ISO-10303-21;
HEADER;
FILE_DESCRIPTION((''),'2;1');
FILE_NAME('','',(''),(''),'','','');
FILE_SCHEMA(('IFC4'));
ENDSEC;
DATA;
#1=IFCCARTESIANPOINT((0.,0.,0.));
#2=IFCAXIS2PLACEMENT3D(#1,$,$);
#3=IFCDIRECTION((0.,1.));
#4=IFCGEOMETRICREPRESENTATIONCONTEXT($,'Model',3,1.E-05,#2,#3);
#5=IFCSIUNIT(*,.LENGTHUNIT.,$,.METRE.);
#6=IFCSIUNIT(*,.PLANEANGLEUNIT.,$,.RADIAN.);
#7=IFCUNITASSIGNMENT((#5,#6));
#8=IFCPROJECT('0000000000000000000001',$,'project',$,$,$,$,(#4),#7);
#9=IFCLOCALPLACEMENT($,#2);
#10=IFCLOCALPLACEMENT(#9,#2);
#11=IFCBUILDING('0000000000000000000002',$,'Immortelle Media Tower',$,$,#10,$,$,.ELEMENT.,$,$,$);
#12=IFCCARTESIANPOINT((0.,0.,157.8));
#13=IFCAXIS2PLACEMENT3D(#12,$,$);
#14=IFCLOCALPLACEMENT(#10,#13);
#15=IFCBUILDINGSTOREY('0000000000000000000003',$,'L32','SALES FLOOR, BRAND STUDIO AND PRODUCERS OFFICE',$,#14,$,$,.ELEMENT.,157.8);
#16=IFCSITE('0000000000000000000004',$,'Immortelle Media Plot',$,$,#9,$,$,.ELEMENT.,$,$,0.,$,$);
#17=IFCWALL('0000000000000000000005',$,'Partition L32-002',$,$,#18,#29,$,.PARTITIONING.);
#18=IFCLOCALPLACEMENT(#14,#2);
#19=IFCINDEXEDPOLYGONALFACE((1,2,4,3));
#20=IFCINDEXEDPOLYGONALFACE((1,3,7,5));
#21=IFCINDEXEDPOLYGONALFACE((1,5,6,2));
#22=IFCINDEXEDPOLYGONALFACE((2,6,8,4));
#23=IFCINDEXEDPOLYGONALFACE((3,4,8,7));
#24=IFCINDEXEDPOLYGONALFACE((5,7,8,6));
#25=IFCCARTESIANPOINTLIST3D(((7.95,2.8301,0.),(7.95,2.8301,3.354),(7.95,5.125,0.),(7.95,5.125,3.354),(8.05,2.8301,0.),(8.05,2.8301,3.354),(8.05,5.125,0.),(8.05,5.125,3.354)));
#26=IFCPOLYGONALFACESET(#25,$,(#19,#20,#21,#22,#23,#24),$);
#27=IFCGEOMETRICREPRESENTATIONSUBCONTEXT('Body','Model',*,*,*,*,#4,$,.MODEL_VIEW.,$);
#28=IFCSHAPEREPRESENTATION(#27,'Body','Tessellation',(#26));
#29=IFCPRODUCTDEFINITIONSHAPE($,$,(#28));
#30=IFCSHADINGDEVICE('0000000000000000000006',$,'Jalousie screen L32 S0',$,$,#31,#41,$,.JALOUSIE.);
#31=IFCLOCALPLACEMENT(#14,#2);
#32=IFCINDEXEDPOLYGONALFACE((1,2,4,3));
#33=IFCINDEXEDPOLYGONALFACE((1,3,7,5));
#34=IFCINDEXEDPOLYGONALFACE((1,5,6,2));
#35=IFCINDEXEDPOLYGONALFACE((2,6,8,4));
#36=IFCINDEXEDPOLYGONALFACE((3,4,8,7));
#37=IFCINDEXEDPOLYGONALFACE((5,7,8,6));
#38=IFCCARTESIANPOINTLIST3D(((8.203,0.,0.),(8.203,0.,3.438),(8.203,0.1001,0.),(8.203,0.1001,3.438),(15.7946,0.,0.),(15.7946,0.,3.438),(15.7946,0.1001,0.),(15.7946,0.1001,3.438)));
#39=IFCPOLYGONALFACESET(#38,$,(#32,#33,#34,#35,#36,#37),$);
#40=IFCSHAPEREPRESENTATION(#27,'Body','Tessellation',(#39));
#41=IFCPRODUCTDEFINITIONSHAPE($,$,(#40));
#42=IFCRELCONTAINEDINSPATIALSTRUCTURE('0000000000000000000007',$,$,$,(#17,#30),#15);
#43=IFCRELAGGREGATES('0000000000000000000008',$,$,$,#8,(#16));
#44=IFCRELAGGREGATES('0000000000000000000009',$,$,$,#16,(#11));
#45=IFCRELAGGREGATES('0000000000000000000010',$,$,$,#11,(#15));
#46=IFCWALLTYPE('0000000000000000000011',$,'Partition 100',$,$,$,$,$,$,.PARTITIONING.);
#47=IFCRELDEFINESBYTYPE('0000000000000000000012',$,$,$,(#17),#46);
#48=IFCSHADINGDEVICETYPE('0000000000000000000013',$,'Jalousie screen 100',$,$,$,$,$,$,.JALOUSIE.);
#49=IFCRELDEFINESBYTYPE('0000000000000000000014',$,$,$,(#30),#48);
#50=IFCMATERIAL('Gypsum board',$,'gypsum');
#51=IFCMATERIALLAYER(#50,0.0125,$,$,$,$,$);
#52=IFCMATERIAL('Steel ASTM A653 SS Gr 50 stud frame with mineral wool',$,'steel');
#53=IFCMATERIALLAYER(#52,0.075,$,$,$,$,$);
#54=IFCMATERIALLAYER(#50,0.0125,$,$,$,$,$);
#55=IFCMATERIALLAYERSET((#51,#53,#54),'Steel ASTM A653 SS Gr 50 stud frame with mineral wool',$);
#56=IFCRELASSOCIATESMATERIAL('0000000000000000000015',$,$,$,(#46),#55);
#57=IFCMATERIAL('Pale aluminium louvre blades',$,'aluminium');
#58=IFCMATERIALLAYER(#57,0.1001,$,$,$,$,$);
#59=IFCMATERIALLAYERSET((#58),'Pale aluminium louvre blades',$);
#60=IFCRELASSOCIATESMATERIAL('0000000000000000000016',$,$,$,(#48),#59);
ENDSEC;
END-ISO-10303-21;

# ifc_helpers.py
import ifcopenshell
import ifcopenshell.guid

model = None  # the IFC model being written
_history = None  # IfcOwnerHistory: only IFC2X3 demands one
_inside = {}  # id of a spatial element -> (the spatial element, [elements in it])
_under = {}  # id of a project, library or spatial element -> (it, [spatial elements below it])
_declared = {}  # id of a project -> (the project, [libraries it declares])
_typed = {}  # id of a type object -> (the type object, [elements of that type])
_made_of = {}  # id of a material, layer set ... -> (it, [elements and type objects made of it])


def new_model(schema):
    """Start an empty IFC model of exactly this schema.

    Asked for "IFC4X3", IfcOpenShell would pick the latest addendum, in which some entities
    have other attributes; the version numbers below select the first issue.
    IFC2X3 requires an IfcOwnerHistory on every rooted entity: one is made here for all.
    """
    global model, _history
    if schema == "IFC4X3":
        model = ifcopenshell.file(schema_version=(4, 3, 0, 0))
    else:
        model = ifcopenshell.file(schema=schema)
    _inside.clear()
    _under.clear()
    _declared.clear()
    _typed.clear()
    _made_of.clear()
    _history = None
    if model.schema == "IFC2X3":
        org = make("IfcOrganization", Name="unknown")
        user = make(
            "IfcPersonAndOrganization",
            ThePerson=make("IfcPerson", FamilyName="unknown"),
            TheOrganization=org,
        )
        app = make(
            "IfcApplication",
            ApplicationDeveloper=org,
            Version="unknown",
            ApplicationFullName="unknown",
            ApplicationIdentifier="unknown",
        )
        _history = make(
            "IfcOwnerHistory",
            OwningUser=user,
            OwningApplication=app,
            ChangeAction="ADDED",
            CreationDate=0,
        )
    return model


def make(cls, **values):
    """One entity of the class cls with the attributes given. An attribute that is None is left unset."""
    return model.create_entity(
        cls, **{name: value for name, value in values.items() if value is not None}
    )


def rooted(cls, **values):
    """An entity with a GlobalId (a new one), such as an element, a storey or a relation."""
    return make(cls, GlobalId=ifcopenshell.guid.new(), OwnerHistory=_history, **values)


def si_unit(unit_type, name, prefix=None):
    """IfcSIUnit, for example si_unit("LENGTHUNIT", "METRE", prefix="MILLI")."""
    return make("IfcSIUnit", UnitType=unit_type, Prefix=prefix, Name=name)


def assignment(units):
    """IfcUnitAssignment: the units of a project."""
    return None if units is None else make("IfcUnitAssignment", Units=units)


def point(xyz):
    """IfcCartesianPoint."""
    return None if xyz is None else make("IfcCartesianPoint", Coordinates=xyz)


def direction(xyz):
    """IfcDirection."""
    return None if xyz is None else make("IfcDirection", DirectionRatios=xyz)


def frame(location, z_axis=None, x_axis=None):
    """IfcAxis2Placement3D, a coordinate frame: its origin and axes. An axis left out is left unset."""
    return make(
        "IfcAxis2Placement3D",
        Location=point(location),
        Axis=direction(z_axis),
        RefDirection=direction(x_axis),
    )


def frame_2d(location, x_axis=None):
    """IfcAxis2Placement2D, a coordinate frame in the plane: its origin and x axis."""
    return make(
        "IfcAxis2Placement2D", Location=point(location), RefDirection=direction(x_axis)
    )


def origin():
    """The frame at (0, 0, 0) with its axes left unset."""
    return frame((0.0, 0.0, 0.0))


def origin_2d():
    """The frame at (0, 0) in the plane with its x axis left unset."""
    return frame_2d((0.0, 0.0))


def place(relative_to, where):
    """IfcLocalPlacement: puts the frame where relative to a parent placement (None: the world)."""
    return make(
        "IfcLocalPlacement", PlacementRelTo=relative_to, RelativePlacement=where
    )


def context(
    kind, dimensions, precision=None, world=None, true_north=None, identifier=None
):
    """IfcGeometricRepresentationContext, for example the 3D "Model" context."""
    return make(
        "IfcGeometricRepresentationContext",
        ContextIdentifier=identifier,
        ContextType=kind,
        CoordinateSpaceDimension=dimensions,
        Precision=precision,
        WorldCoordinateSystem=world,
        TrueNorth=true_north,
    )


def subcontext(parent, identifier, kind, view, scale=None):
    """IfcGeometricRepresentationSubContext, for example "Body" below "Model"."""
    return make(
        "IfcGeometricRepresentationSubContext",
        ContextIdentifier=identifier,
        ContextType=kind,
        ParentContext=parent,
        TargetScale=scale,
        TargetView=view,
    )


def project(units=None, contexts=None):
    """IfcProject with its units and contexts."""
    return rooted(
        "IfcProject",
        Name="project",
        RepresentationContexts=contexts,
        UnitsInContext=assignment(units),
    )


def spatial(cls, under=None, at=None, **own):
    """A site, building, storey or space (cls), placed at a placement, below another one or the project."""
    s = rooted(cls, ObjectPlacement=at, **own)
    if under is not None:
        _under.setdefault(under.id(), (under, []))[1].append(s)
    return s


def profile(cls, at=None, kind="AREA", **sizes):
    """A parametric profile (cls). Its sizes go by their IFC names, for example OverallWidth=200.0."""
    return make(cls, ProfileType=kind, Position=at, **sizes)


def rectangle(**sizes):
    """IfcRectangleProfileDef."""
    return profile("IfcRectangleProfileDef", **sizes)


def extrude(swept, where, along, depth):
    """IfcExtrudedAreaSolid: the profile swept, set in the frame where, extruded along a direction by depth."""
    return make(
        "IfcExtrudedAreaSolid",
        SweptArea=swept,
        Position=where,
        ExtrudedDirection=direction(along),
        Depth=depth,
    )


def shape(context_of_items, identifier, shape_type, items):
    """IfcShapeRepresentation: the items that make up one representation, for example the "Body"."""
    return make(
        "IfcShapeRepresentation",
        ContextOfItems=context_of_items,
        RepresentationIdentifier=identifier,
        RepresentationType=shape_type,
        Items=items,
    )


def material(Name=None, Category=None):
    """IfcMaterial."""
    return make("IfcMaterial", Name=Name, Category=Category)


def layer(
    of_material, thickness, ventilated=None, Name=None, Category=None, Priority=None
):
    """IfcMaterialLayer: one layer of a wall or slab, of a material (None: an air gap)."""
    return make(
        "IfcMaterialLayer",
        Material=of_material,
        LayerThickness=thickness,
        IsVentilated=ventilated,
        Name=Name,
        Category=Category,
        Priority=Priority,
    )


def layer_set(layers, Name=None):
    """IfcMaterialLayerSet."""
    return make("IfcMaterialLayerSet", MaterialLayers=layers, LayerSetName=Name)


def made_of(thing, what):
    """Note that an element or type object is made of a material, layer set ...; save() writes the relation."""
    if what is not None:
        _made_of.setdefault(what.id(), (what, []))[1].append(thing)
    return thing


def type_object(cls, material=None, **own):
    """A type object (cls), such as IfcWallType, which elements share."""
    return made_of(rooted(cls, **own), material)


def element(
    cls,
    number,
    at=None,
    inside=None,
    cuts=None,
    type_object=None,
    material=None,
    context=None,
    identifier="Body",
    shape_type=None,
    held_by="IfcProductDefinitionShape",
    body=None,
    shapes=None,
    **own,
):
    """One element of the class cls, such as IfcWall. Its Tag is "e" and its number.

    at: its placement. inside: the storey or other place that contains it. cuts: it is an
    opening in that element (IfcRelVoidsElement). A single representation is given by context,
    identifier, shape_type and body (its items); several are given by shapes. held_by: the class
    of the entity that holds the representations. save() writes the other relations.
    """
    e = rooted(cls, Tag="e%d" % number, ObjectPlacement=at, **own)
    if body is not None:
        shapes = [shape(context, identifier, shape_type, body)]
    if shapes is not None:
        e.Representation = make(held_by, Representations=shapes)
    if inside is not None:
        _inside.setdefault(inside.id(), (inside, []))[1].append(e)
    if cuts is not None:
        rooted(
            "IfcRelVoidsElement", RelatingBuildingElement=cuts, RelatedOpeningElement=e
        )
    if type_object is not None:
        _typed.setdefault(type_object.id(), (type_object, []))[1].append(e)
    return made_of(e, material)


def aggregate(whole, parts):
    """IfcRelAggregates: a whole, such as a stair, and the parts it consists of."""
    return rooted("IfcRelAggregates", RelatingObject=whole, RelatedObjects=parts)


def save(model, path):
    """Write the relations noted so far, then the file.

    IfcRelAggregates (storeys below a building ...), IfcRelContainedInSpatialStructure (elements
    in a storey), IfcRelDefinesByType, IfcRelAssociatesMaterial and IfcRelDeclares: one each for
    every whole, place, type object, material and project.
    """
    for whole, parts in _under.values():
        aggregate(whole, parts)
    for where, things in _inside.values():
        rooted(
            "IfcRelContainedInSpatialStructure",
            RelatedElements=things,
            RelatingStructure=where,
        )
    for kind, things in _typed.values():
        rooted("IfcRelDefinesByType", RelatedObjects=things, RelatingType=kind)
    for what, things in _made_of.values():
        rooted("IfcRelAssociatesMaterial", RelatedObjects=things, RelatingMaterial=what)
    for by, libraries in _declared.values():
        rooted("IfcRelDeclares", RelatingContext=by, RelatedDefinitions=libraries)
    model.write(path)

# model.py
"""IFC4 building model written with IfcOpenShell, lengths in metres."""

from ifc_helpers import new_model, si_unit, direction, frame, frame_2d, origin, origin_2d, place, context, subcontext, project, spatial, rectangle, extrude, material, layer, layer_set, type_object, element, save


model = new_model("IFC4")

# Units and contexts
model_context = context("Model", 3, precision=1e-05, world=origin(), true_north=direction((0.0, 1.0)))
body_context = subcontext(model_context, "Body", "Model", "MODEL_VIEW")
ifc_project = project(units=[si_unit("LENGTHUNIT", "METRE"), si_unit("PLANEANGLEUNIT", "RADIAN")], contexts=[model_context])

# Site, building, storey
site_placement = place(None, origin())
site = spatial("IfcSite", under=ifc_project, at=site_placement, Name="Immortelle Media Plot", CompositionType="ELEMENT", RefElevation=0.0)
building_placement = place(site_placement, origin())
building = spatial("IfcBuilding", under=site, at=building_placement, Name="Immortelle Media Tower", CompositionType="ELEMENT")
storey_placement = place(building_placement, frame((0.0, 0.0, 157.8)))
storey = spatial("IfcBuildingStorey", under=building, at=storey_placement, Name="L32", Description="SALES FLOOR, BRAND STUDIO AND PRODUCERS OFFICE", CompositionType="ELEMENT", Elevation=157.8)

# Shared definitions
ifc_material_1 = material(Name="Steel ASTM A653 SS Gr 50 stud frame with mineral wool", Category="steel")

# Wall
ifc_material_2 = material(Name="Gypsum board", Category="gypsum")
ifc_layer_1 = layer(ifc_material_2, 0.0125)
ifc_layer_2 = layer(ifc_material_1, 0.075)
ifc_layer_3 = layer(ifc_material_2, 0.0125)
ifc_layer_set_1 = layer_set([ifc_layer_1, ifc_layer_2, ifc_layer_3], Name="Steel ASTM A653 SS Gr 50 stud frame with mineral wool")
wall_type_1 = type_object("IfcWallType", Name="Partition 100", PredefinedType="PARTITIONING", material=ifc_layer_set_1)
wall_1_placement = place(storey_placement, frame((8.0, 2.8301, 0.0), z_axis=(0.0, 0.0, 1.0), x_axis=(0.0, 1.0, 0.0)))
element("IfcWall", 1, at=wall_1_placement, inside=storey, type_object=wall_type_1, Name="Partition L32-002", PredefinedType="PARTITIONING", context=body_context, shape_type="SweptSolid", body=[
    extrude(rectangle(XDim=2.2949, YDim=0.1001, at=frame_2d((1.1475, 0.0))), origin(), (0.0, 0.0, 1.0), 3.354),
])

# Shading device
ifc_material_3 = material(Name="Pale aluminium louvre blades", Category="aluminium")
ifc_layer_4 = layer(ifc_material_3, 0.1001)
ifc_layer_set_2 = layer_set([ifc_layer_4], Name="Pale aluminium louvre blades")
shading_device_type = type_object("IfcShadingDeviceType", Name="Jalousie screen 100", PredefinedType="JALOUSIE", material=ifc_layer_set_2)
shading_device_placement = place(storey_placement, frame((11.9988, 0.05, 0.0), z_axis=(0.0, 0.0, 1.0), x_axis=(1.0, 0.0, 0.0)))
element("IfcShadingDevice", 2, at=shading_device_placement, inside=storey, type_object=shading_device_type, Name="Jalousie screen L32 S0", PredefinedType="JALOUSIE", context=body_context, shape_type="SweptSolid", body=[
    extrude(rectangle(XDim=7.5916, YDim=0.1001, at=origin_2d()), origin(), (0.0, 0.0, 1.0), 3.438),
])

save(model, "model.ifc")
